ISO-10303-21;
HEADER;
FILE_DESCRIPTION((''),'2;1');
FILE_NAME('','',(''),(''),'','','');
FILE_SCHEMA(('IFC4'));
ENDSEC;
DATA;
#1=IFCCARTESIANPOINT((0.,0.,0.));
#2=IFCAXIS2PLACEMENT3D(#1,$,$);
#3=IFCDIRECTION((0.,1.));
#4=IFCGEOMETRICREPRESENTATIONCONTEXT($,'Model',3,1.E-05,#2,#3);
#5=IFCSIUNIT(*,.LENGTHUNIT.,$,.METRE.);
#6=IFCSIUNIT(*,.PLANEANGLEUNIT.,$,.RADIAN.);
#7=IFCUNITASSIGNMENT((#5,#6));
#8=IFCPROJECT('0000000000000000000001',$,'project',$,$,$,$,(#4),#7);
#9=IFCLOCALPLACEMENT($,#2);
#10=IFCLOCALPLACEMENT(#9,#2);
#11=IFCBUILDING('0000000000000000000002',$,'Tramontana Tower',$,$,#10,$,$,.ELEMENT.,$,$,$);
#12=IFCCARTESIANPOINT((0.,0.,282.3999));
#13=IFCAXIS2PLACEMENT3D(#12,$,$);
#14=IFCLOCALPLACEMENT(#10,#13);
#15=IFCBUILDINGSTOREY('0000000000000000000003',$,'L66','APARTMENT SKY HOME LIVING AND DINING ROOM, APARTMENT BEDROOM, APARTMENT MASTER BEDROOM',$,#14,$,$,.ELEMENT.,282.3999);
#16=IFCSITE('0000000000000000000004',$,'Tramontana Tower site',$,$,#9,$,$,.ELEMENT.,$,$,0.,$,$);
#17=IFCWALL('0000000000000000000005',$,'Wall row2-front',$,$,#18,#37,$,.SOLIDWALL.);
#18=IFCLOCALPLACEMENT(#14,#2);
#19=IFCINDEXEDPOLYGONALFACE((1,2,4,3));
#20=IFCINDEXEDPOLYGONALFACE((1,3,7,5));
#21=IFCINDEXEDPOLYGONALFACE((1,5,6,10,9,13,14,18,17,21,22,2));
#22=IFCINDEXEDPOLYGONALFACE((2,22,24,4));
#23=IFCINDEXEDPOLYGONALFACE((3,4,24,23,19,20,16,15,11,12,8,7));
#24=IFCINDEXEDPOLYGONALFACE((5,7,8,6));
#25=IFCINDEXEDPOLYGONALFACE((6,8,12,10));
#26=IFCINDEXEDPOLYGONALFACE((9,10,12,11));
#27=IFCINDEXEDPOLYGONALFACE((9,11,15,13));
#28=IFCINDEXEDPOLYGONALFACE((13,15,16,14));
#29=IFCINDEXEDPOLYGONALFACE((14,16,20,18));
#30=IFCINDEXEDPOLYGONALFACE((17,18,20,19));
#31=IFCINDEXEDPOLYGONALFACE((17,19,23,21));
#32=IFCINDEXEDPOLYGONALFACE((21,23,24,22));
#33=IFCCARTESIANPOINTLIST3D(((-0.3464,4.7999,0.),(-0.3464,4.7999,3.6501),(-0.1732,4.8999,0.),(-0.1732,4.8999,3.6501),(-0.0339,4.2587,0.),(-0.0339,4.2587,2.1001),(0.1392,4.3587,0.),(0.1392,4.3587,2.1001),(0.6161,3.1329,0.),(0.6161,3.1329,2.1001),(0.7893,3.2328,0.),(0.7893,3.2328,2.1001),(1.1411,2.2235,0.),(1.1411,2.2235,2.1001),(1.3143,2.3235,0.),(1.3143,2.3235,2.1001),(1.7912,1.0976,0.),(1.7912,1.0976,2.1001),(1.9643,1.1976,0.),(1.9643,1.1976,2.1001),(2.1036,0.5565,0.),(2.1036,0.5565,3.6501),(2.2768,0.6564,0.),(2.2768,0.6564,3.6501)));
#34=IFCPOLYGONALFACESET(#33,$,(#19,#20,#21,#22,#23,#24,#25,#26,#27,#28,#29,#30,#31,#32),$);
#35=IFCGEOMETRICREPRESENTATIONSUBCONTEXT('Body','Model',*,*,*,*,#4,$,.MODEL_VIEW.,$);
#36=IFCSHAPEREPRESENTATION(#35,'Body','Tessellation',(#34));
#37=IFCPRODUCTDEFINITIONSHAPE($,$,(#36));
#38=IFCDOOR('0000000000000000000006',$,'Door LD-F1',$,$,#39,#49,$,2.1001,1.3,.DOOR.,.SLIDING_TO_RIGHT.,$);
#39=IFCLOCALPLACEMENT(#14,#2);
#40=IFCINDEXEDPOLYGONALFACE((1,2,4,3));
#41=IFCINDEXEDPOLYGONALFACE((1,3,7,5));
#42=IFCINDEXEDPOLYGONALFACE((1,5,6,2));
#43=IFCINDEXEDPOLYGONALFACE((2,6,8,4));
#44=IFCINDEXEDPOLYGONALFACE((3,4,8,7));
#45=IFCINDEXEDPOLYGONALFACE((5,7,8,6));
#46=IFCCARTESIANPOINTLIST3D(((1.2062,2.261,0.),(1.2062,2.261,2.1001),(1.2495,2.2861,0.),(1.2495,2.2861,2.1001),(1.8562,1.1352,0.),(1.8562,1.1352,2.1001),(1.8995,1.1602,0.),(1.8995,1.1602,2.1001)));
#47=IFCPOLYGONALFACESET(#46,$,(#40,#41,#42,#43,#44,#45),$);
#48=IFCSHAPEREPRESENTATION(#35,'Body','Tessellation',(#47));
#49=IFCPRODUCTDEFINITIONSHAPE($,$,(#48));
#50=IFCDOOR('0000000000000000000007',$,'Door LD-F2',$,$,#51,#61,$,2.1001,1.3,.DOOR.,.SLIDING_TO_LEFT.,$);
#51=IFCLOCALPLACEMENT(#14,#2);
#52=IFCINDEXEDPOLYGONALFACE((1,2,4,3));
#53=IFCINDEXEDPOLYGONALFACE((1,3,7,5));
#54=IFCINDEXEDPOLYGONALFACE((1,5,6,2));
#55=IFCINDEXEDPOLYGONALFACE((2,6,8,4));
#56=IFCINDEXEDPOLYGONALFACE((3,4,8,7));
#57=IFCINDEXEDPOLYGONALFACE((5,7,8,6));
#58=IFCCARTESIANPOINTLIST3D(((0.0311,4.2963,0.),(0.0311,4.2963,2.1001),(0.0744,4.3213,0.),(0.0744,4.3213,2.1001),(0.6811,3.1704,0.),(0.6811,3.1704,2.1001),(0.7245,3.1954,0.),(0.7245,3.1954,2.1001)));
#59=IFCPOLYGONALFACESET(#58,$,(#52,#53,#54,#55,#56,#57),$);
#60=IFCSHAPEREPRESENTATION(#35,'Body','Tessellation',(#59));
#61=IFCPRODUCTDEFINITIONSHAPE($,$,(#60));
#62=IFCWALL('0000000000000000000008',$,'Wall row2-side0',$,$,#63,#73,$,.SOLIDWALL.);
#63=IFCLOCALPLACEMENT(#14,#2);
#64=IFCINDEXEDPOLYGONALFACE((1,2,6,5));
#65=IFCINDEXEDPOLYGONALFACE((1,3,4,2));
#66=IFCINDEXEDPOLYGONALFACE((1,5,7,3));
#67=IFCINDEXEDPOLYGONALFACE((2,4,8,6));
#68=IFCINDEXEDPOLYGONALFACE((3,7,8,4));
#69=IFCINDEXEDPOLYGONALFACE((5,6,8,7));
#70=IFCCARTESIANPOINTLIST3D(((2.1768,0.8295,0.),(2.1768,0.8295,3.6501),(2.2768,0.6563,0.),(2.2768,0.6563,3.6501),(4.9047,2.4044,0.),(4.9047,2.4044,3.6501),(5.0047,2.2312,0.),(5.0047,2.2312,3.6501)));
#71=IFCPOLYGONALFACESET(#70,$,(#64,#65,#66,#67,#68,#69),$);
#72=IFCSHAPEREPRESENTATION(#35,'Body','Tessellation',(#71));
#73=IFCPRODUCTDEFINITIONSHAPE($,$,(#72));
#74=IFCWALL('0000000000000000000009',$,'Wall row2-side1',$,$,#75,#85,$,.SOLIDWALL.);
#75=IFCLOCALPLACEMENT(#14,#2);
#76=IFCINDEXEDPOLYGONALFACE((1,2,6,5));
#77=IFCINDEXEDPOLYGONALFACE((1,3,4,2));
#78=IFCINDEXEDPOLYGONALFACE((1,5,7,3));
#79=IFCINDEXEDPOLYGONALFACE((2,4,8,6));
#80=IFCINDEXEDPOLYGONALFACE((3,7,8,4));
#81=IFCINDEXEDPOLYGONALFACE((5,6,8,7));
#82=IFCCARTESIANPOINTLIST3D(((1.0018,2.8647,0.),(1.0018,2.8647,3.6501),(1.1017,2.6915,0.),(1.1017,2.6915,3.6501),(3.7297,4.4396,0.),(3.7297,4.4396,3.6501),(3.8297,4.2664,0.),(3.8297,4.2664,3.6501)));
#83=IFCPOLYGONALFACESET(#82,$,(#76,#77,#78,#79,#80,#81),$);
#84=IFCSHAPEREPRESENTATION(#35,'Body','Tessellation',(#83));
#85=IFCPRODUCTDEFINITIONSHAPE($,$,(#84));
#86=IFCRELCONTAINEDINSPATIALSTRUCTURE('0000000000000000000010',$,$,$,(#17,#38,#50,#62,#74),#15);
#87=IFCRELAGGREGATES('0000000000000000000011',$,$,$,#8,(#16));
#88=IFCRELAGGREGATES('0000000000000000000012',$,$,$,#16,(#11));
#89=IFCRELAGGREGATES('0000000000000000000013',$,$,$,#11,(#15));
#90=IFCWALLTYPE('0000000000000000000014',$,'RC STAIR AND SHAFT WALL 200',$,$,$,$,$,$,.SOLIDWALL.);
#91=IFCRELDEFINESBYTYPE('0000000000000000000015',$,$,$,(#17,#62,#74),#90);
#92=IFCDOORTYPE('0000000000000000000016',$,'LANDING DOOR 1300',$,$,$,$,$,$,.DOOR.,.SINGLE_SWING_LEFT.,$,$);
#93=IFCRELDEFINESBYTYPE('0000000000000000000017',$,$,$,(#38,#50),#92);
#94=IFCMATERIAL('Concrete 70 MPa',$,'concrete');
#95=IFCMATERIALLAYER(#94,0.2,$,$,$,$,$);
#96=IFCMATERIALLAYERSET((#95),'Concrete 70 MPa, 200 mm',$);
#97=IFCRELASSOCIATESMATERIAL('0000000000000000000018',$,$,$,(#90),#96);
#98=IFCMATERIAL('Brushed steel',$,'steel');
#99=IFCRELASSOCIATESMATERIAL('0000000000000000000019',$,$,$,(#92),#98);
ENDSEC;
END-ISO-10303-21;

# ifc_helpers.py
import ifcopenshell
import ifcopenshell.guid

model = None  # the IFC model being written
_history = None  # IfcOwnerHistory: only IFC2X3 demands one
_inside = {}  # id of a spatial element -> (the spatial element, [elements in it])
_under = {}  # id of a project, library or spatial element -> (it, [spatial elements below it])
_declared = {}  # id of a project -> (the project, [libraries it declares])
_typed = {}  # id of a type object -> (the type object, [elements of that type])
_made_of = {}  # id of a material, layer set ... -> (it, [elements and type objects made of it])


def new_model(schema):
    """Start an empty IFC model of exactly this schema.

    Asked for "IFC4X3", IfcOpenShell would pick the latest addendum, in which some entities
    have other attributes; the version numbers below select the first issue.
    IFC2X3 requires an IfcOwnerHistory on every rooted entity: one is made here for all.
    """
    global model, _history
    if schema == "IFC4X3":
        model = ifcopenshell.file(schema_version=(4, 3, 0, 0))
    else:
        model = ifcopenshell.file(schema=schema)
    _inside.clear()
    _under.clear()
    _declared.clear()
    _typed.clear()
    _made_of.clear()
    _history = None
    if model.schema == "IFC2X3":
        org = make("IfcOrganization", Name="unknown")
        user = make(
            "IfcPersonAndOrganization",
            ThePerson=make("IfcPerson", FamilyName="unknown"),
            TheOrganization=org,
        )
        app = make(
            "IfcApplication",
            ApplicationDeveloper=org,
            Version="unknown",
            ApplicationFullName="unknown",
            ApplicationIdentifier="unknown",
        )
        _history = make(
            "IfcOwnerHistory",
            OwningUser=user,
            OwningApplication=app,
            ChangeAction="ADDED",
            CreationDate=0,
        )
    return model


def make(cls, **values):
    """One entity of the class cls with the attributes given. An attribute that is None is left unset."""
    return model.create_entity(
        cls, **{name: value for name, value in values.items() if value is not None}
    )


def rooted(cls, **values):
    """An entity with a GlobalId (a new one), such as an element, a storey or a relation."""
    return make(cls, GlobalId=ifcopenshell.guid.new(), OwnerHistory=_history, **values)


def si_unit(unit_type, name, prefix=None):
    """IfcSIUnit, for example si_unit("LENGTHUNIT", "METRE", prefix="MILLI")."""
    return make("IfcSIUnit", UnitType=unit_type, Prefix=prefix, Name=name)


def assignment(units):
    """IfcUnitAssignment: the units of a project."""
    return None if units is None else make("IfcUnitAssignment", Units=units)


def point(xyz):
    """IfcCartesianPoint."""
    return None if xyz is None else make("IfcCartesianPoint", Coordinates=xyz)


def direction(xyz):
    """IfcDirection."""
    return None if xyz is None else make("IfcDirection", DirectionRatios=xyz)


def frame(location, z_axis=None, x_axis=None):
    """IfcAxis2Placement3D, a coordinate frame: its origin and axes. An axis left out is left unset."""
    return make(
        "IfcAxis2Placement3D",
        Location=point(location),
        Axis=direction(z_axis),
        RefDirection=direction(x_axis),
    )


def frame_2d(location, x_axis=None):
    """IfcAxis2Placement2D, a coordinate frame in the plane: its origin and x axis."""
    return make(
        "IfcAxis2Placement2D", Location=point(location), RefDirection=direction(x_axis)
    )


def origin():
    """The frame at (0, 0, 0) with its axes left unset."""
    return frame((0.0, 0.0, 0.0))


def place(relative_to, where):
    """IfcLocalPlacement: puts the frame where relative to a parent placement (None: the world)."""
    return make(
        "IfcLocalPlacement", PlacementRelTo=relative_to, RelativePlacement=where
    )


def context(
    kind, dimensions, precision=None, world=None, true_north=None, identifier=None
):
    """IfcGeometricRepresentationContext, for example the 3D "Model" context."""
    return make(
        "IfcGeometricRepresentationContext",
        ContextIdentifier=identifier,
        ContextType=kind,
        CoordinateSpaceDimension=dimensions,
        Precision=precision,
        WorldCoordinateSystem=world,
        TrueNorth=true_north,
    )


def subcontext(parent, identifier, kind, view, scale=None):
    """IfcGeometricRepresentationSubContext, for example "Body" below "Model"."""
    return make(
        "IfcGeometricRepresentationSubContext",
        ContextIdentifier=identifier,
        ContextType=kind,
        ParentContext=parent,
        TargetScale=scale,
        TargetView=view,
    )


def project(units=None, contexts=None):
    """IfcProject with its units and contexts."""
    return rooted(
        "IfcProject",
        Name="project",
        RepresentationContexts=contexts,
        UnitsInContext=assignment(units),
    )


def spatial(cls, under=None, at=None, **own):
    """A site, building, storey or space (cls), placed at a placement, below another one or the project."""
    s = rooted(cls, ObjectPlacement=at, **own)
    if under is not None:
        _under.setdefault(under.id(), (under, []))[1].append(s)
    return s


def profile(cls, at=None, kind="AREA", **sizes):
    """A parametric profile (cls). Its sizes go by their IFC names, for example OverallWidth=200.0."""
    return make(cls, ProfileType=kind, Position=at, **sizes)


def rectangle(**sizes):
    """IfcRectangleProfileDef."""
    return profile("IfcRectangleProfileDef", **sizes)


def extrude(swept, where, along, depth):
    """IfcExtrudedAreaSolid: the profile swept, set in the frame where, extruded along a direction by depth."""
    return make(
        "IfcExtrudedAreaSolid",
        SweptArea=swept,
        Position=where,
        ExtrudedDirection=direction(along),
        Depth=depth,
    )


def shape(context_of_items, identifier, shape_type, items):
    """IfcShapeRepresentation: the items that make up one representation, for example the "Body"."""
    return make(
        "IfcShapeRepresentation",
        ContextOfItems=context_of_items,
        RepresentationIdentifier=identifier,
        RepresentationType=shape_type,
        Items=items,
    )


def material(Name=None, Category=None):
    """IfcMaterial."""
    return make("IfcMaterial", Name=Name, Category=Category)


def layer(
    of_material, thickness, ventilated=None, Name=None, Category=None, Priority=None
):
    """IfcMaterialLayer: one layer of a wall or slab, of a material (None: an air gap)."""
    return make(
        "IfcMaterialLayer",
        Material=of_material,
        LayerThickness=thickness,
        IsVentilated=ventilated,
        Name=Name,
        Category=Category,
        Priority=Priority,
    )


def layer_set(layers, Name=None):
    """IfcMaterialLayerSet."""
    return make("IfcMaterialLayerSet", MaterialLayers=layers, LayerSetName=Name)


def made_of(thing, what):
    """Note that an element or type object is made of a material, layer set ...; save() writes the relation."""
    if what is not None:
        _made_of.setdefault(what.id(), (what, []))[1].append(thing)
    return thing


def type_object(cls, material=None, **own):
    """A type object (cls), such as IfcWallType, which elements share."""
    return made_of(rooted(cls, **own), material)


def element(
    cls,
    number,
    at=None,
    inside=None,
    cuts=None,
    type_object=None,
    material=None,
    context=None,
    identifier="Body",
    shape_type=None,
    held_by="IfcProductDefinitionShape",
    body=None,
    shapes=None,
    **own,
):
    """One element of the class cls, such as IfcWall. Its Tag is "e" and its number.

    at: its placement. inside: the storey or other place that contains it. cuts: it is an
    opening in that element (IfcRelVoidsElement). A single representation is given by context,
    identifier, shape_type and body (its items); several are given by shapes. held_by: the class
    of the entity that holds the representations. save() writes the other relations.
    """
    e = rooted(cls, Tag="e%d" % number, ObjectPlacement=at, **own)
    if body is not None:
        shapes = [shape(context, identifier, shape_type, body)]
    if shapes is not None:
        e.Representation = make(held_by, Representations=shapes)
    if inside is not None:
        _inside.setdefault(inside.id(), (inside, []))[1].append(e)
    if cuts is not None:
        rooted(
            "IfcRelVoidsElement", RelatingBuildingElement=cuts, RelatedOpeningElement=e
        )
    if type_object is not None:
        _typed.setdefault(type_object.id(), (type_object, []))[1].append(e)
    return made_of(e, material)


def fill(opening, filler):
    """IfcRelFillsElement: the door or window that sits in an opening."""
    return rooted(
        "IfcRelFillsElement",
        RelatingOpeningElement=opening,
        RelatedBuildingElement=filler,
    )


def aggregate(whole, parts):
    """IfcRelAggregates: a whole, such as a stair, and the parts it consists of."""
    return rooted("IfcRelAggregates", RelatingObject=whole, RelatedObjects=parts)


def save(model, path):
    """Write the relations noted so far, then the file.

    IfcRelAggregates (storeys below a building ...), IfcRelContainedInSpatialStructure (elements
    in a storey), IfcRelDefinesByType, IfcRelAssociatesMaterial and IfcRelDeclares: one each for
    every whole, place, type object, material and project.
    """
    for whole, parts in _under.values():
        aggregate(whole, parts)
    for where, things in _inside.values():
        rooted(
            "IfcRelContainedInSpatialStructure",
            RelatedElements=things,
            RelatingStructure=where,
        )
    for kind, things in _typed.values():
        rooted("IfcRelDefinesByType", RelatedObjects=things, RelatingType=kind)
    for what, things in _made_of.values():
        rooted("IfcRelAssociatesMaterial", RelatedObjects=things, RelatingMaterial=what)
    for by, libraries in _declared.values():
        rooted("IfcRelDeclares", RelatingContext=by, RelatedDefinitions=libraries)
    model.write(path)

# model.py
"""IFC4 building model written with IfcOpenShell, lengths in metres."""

from ifc_helpers import new_model, si_unit, direction, frame, frame_2d, origin, place, context, subcontext, project, spatial, rectangle, extrude, material, layer, layer_set, type_object, element, fill, save


model = new_model("IFC4")

# Units and contexts
model_context = context("Model", 3, precision=1e-05, world=origin(), true_north=direction((0.0, 1.0)))
body_context = subcontext(model_context, "Body", "Model", "MODEL_VIEW")
ifc_project = project(units=[si_unit("LENGTHUNIT", "METRE"), si_unit("PLANEANGLEUNIT", "RADIAN")], contexts=[model_context])

# Site, building, storey
site_placement = place(None, origin())
site = spatial("IfcSite", under=ifc_project, at=site_placement, Name="Tramontana Tower site", CompositionType="ELEMENT", RefElevation=0.0)
building_placement = place(site_placement, origin())
building = spatial("IfcBuilding", under=site, at=building_placement, Name="Tramontana Tower", CompositionType="ELEMENT")
storey_placement = place(building_placement, frame((0.0, 0.0, 282.3999)))
storey = spatial("IfcBuildingStorey", under=building, at=storey_placement, Name="L66", Description="APARTMENT SKY HOME LIVING AND DINING ROOM, APARTMENT BEDROOM, APARTMENT MASTER BEDROOM", CompositionType="ELEMENT", Elevation=282.3999)

# Wall, openings, doors
ifc_material_1 = material(Name="Concrete 70 MPa", Category="concrete")
ifc_layer_1 = layer(ifc_material_1, 0.2)
ifc_layer_set_1 = layer_set([ifc_layer_1], Name="Concrete 70 MPa, 200 mm")
wall_type_1 = type_object("IfcWallType", Name="RC STAIR AND SHAFT WALL 200", PredefinedType="SOLIDWALL", material=ifc_layer_set_1)
wall_1_placement = place(storey_placement, frame((2.1902, 0.6064, 0.0), z_axis=(0.0, 0.0, 1.0), x_axis=(-0.500003, 0.866024, 0.0)))
wall_1 = element("IfcWall", 1, at=wall_1_placement, inside=storey, type_object=wall_type_1, Name="Wall row2-front", PredefinedType="SOLIDWALL", context=body_context, shape_type="SweptSolid", body=[
    extrude(rectangle(XDim=4.8999, YDim=0.2, at=frame_2d((2.45, 0.0))), origin(), (0.0, 0.0, 1.0), 3.6501),
])
opening_1_placement = place(wall_1_placement, frame((0.625, 0.0, 0.0)))
opening_1 = element("IfcOpeningElement", 2, at=opening_1_placement, cuts=wall_1, PredefinedType="OPENING", context=body_context, shape_type="SweptSolid", body=[
    extrude(rectangle(XDim=1.3, YDim=2.1001, at=frame_2d((0.6499, 1.05))), frame((0.0, 0.1099, 0.0), z_axis=(0.0, -1.0, 0.0), x_axis=(1.0, 0.0, 0.0)), (0.0, 0.0, 1.0), 0.22),
])
opening_2_placement = place(wall_1_placement, frame((2.9751, 0.0, 0.0)))
opening_2 = element("IfcOpeningElement", 3, at=opening_2_placement, cuts=wall_1, PredefinedType="OPENING", context=body_context, shape_type="SweptSolid", body=[
    extrude(rectangle(XDim=1.3, YDim=2.1001, at=frame_2d((0.6499, 1.05))), frame((0.0, 0.1099, 0.0), z_axis=(0.0, -1.0, 0.0), x_axis=(1.0, 0.0, 0.0)), (0.0, 0.0, 1.0), 0.22),
])
ifc_material_2 = material(Name="Brushed steel", Category="steel")
door_type_1 = type_object("IfcDoorType", Name="LANDING DOOR 1300", OperationType="SINGLE_SWING_LEFT", PredefinedType="DOOR", material=ifc_material_2)
door_1_placement = place(opening_1_placement, origin())
door_1 = element("IfcDoor", 4, at=door_1_placement, inside=storey, type_object=door_type_1, Name="Door LD-F1", OperationType="SLIDING_TO_RIGHT", OverallHeight=2.1001, OverallWidth=1.3, PredefinedType="DOOR", context=body_context, shape_type="SweptSolid", body=[
    extrude(rectangle(XDim=1.3, YDim=2.1001, at=frame_2d((0.6499, 1.05))), frame((0.0, 0.0249, 0.0), z_axis=(0.0, -1.0, 0.0), x_axis=(1.0, 0.0, 0.0)), (0.0, 0.0, 1.0), 0.05),
])
fill(opening_1, door_1)
door_2_placement = place(opening_2_placement, origin())
door_2 = element("IfcDoor", 5, at=door_2_placement, inside=storey, type_object=door_type_1, Name="Door LD-F2", OperationType="SLIDING_TO_LEFT", OverallHeight=2.1001, OverallWidth=1.3, PredefinedType="DOOR", context=body_context, shape_type="SweptSolid", body=[
    extrude(rectangle(XDim=1.3, YDim=2.1001, at=frame_2d((0.6499, 1.05))), frame((0.0, 0.0249, 0.0), z_axis=(0.0, -1.0, 0.0), x_axis=(1.0, 0.0, 0.0)), (0.0, 0.0, 1.0), 0.05),
])
fill(opening_2, door_2)

# Walls
for number, where, z_axis, x_axis, name in (
    (6, (2.2268, 0.7429, 0.0), (0.0, 0.0, 1.0), (0.866036, 0.499982, 0.0), "Wall row2-side0"),
    (7, (1.0518, 2.7781, 0.0), (0.0, 0.0, 1.0), (0.866036, 0.499982, 0.0), "Wall row2-side1"),
):
    element("IfcWall", number, at=place(storey_placement, frame(where, z_axis=z_axis, x_axis=x_axis)), inside=storey, type_object=wall_type_1, Name=name, PredefinedType="SOLIDWALL", context=body_context, shape_type="SweptSolid", body=[
        extrude(rectangle(XDim=3.1499, YDim=0.2, at=frame_2d((1.575, 0.0))), origin(), (0.0, 0.0, 1.0), 3.6501),
    ])

save(model, "model.ifc")
